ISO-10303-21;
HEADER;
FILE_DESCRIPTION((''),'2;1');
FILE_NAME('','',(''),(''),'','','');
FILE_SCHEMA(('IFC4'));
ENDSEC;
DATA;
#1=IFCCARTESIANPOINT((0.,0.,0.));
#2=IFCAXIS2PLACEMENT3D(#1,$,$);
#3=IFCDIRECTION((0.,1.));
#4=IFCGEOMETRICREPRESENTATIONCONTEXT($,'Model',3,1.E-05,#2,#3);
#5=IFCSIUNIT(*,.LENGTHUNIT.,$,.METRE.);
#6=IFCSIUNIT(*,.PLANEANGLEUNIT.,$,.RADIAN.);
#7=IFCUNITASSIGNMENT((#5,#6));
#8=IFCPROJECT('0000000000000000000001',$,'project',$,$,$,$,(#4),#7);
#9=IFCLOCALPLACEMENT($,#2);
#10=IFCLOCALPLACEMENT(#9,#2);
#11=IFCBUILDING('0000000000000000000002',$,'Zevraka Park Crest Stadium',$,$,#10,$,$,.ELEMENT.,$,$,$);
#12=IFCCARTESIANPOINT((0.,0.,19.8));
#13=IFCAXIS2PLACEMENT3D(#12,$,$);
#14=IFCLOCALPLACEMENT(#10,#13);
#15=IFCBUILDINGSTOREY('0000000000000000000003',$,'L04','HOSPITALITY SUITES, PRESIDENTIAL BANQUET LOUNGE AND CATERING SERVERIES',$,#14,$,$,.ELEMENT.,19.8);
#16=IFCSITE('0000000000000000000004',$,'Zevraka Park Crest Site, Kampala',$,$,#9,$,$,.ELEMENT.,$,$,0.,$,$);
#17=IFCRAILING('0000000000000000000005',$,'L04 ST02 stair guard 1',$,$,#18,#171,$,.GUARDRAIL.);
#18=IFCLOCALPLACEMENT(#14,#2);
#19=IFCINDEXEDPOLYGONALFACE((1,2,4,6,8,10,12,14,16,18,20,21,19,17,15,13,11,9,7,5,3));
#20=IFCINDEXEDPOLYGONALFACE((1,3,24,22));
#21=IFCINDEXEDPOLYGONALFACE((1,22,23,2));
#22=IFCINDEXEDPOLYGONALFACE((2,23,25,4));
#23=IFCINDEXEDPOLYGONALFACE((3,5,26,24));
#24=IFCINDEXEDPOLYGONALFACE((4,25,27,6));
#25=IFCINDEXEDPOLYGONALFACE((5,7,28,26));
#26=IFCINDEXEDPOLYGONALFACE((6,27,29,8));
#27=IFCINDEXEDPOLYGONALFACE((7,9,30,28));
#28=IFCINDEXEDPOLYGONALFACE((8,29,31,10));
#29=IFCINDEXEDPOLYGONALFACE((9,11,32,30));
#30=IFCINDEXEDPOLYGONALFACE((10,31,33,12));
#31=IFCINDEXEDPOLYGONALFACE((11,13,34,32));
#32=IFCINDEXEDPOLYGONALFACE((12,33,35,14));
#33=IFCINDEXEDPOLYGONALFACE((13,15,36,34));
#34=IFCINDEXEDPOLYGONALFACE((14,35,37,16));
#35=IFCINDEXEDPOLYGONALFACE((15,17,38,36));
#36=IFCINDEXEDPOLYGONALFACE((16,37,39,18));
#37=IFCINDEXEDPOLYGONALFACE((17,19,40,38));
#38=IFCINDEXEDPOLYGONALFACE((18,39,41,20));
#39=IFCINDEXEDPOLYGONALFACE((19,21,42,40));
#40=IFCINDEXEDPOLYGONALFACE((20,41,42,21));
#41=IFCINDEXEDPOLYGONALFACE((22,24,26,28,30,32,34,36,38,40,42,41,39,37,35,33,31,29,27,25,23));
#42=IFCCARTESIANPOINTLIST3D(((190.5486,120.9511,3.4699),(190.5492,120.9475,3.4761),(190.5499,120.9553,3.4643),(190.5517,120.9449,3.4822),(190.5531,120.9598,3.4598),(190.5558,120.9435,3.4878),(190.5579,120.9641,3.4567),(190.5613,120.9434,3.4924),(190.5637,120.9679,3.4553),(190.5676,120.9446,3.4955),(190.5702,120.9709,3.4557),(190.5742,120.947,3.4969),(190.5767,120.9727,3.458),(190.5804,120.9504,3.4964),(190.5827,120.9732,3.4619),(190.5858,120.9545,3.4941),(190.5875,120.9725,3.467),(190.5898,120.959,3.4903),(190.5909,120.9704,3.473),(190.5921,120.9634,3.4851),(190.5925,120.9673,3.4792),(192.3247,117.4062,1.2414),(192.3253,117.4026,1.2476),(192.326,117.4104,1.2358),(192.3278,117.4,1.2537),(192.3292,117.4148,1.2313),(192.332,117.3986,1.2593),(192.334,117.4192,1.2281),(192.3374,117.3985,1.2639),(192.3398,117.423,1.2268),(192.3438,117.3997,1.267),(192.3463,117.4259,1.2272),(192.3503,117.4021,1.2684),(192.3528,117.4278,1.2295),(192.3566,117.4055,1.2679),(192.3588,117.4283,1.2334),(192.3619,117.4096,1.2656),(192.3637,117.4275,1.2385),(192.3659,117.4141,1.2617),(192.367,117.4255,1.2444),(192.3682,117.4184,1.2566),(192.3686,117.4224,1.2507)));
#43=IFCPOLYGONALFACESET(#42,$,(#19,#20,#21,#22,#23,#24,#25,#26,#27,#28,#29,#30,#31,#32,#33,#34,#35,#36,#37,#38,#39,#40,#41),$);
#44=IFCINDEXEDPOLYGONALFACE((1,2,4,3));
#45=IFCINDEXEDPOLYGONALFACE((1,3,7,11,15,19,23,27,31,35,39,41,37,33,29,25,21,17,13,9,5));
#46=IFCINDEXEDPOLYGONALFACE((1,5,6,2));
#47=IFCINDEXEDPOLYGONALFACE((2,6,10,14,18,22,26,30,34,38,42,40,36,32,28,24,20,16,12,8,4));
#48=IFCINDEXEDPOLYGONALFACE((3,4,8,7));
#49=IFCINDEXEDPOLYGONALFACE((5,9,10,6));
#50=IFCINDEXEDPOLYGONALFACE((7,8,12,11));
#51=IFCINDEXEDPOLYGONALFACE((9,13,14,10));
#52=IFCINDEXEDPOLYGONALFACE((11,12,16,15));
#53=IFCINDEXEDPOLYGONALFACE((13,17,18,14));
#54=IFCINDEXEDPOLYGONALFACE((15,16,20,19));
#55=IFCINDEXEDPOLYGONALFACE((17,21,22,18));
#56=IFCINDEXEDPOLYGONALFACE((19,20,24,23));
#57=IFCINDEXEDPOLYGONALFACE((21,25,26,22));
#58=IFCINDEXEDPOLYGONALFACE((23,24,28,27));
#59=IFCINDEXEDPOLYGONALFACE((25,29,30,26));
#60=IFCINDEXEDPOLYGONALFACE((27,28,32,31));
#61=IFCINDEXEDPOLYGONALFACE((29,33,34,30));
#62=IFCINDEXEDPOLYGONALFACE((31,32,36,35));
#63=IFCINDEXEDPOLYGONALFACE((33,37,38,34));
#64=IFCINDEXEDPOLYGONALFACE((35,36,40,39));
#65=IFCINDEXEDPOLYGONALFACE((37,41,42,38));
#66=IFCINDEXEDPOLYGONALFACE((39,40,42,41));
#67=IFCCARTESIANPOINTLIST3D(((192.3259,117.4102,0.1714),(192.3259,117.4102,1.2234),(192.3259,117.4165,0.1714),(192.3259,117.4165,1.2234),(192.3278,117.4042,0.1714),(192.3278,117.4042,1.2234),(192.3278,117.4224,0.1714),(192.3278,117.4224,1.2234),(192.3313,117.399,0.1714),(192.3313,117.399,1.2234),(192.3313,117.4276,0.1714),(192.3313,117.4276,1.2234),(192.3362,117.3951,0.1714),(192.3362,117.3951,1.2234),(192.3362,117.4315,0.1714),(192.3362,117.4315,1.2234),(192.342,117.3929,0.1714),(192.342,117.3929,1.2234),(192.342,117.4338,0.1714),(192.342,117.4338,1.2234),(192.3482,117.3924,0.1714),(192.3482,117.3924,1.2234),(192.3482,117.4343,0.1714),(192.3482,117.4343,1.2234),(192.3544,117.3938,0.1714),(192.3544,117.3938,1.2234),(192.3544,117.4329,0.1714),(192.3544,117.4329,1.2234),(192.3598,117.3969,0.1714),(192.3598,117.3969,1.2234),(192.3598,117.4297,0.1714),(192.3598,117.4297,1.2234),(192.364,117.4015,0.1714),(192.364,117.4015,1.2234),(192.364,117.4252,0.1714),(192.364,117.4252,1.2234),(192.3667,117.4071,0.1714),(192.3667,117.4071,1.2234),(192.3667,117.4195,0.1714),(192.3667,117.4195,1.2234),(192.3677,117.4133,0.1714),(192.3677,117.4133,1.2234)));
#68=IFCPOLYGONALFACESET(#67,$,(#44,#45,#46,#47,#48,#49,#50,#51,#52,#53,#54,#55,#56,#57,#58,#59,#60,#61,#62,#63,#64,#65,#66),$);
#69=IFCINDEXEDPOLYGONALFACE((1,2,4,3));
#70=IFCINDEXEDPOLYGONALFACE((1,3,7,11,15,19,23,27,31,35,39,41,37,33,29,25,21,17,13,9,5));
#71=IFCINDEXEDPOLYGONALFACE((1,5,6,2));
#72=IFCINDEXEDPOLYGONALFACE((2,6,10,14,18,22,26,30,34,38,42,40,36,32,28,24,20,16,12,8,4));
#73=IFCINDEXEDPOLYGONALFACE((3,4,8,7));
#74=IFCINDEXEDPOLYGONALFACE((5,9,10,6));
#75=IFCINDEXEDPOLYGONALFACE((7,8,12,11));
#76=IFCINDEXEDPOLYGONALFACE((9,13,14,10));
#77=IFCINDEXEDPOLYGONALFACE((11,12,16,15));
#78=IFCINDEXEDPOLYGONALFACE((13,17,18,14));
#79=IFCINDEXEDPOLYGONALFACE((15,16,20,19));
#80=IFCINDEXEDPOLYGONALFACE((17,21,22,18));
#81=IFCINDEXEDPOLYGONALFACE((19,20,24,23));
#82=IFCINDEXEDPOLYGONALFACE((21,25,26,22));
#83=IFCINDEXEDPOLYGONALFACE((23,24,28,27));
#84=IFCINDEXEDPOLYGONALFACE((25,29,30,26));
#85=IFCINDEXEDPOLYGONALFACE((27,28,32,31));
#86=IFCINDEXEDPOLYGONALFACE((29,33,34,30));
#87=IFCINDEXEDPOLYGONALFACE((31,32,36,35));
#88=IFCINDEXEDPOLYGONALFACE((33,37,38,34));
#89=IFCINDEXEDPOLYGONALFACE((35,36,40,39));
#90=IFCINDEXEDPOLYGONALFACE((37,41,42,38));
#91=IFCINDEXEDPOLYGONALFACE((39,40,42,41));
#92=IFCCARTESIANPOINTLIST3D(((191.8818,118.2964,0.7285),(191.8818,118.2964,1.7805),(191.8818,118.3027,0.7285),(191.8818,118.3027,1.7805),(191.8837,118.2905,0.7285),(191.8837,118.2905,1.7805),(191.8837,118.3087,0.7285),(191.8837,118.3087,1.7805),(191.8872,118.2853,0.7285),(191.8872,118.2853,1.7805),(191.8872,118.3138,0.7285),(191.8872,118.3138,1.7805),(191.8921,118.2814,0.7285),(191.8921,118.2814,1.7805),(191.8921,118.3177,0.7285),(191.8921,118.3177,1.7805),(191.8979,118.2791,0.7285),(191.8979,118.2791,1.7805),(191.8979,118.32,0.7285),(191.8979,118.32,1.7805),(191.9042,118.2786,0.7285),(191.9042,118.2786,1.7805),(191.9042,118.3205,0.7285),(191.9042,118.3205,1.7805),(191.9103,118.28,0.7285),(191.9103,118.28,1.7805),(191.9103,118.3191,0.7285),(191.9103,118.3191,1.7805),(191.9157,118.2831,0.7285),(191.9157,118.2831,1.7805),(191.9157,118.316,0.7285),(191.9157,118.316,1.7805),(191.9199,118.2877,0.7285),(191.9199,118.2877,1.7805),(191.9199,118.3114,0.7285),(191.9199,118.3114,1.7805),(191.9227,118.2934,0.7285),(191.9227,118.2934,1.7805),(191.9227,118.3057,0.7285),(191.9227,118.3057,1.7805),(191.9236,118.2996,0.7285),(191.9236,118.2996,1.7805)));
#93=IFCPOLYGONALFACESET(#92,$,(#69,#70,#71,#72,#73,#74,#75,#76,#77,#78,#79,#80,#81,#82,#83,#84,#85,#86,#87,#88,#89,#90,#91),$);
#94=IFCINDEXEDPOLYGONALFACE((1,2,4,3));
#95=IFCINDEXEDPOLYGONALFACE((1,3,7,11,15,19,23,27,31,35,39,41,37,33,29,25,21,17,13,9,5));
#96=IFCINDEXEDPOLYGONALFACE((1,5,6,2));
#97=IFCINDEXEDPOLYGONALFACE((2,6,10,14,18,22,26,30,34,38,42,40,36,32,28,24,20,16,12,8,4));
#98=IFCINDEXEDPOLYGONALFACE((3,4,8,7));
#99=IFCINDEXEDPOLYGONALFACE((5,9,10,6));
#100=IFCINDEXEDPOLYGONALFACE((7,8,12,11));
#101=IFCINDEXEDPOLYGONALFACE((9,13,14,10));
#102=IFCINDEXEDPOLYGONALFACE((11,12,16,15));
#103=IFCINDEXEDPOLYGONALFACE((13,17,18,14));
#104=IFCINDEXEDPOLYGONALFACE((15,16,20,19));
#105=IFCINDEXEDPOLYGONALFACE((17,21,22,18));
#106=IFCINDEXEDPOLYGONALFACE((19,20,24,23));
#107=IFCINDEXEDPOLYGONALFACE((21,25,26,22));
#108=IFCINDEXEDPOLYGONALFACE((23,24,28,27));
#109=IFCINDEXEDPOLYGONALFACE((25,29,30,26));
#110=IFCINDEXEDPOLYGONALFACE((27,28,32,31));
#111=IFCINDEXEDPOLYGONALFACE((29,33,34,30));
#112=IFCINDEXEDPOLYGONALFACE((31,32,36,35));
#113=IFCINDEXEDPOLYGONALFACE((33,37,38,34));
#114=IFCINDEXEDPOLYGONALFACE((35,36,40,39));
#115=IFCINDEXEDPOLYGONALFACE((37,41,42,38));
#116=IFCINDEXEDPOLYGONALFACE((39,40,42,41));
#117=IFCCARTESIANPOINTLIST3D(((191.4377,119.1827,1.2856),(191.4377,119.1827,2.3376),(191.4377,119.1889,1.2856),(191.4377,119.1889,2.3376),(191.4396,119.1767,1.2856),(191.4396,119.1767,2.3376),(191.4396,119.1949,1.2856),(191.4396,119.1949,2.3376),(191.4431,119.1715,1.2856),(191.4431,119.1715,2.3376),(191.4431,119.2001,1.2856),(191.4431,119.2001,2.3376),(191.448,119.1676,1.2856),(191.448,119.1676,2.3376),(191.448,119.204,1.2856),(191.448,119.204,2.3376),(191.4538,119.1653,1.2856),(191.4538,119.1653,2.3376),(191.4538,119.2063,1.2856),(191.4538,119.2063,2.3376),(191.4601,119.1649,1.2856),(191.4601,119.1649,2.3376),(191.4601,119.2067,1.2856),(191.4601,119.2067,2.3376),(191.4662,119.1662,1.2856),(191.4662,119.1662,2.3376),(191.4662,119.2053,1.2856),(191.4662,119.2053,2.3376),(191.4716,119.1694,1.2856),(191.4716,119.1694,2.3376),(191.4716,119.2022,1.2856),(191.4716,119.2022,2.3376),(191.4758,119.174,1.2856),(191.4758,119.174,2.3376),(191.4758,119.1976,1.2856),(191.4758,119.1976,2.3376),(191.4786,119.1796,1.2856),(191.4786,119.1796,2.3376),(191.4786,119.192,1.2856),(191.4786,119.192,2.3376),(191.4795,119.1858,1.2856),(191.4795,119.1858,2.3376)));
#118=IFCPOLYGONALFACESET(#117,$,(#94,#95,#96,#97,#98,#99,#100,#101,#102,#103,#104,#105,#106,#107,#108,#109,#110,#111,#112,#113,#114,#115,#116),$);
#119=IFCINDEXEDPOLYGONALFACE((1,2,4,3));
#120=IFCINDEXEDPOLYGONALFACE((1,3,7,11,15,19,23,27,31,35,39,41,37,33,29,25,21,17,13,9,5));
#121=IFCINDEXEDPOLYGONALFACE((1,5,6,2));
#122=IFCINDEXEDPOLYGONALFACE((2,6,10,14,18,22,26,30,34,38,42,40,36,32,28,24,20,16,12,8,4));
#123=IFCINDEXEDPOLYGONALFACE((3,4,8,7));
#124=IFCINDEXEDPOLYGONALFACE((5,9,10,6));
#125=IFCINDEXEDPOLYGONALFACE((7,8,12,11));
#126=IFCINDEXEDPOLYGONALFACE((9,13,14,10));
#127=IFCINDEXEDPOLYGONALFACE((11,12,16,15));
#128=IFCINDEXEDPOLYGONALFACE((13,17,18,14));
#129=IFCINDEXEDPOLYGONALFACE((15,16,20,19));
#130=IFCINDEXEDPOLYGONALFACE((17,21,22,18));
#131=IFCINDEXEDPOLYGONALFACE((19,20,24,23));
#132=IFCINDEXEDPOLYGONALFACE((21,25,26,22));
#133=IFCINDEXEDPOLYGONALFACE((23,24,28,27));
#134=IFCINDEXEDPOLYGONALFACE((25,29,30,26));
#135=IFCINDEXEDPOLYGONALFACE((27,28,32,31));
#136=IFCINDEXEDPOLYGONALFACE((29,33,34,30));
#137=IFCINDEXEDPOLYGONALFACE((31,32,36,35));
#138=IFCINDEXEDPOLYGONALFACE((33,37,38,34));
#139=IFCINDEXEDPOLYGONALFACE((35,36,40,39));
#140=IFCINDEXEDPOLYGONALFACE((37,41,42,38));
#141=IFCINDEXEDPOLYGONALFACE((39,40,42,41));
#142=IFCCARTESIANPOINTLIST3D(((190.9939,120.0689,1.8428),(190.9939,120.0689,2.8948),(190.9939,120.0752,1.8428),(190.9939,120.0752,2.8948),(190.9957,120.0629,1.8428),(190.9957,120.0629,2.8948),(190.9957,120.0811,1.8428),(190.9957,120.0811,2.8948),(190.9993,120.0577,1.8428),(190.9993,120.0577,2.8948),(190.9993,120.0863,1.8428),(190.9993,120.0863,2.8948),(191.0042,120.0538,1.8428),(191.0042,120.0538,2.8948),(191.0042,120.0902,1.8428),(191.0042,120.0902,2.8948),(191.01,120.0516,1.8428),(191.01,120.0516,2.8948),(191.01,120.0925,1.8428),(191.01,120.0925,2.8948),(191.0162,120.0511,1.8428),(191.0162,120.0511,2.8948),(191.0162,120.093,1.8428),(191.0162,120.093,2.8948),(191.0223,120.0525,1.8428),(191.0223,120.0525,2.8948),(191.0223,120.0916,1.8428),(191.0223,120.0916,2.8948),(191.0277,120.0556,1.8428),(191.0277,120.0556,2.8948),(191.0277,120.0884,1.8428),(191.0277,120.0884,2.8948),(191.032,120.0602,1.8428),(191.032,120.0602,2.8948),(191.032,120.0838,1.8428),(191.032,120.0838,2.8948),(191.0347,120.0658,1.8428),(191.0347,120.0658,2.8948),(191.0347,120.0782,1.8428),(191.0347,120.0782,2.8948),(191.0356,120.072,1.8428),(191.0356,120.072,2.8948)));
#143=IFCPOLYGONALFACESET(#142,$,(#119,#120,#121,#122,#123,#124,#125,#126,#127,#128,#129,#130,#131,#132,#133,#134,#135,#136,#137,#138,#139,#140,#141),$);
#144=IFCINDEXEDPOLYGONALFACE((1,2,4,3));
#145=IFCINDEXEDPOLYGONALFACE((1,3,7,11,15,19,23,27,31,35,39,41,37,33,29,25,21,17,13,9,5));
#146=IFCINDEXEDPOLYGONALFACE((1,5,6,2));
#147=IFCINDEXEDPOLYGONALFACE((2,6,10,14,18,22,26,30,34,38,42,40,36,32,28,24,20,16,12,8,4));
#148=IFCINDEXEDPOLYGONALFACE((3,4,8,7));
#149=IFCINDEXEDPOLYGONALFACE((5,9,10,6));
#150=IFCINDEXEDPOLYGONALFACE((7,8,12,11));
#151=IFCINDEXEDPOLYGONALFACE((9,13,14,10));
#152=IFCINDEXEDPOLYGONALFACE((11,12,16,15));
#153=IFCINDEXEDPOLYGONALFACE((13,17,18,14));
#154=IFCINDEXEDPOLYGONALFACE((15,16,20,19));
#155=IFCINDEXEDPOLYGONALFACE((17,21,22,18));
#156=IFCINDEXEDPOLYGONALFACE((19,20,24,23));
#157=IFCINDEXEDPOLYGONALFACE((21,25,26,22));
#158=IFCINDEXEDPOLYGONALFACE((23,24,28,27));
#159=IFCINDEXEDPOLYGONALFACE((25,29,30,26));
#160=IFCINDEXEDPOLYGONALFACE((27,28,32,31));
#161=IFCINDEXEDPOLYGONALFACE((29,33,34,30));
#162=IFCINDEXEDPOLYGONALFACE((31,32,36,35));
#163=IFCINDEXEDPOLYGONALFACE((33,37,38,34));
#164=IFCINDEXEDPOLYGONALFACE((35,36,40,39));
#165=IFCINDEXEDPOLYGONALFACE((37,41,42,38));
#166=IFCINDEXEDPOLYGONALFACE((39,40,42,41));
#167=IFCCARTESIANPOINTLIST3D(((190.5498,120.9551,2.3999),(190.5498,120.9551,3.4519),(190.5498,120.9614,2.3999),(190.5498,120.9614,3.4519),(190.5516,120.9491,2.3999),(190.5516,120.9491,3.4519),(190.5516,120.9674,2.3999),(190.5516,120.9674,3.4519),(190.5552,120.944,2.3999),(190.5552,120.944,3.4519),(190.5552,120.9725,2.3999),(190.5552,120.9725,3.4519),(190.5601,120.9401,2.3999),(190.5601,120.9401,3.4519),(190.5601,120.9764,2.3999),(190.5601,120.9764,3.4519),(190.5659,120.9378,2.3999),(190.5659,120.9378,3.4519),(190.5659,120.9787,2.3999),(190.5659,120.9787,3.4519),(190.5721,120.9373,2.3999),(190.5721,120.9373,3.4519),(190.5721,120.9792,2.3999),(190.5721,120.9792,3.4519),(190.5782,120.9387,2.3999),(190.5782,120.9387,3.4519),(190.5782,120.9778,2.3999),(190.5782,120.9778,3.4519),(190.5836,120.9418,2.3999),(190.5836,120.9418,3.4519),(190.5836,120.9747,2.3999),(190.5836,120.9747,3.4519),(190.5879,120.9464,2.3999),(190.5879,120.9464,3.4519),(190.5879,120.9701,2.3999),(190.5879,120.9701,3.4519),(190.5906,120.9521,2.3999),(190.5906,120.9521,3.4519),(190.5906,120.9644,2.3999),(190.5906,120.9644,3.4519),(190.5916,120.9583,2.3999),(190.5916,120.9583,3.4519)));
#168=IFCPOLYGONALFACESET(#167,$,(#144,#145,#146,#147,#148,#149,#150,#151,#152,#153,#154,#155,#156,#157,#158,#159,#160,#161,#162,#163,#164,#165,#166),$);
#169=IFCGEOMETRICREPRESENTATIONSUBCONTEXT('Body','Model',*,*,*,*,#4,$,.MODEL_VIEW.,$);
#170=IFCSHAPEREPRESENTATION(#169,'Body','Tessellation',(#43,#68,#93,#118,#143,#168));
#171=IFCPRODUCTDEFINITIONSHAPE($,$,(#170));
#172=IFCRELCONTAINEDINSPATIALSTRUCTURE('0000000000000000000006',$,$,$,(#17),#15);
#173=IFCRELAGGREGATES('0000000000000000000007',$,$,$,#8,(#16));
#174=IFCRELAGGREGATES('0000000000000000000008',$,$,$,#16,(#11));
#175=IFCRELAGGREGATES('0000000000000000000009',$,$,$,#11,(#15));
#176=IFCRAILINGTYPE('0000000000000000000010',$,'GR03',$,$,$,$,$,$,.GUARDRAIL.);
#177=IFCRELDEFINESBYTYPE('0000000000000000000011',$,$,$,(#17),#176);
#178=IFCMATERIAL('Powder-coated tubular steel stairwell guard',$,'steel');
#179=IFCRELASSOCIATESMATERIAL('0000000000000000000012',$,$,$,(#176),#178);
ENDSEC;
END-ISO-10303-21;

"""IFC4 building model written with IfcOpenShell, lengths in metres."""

from ifc_helpers import new_model, si_unit, direction, frame, origin, origin_2d, place, context, subcontext, project, spatial, circle, extrude, material, type_object, element, save


model = new_model("IFC4")

# Units and contexts
model_context = context("Model", 3, precision=1e-05, world=origin(), true_north=direction((0.0, 1.0)))
body_context = subcontext(model_context, "Body", "Model", "MODEL_VIEW")
ifc_project = project(units=[si_unit("LENGTHUNIT", "METRE"), si_unit("PLANEANGLEUNIT", "RADIAN")], contexts=[model_context])

# Site, building, storey
site_placement = place(None, origin())
site = spatial("IfcSite", under=ifc_project, at=site_placement, Name="Zevraka Park Crest Site, Kampala", CompositionType="ELEMENT", RefElevation=0.0)
building_placement = place(site_placement, origin())
building = spatial("IfcBuilding", under=site, at=building_placement, Name="Zevraka Park Crest Stadium", CompositionType="ELEMENT")
storey_placement = place(building_placement, frame((0.0, 0.0, 19.8)))
storey = spatial("IfcBuildingStorey", under=building, at=storey_placement, Name="L04", Description="HOSPITALITY SUITES, PRESIDENTIAL BANQUET LOUNGE AND CATERING SERVERIES", CompositionType="ELEMENT", Elevation=19.8)

# Railing
ifc_material_1 = material(Name="Powder-coated tubular steel stairwell guard", Category="steel")
railing_type_1 = type_object("IfcRailingType", Name="GR03", PredefinedType="GUARDRAIL", material=ifc_material_1)
railing_1_placement = place(storey_placement, frame((192.3467, 117.4133, 0.1714)))
element("IfcRailing", 1, at=railing_1_placement, inside=storey, type_object=railing_type_1, Name="L04 ST02 stair guard 1", PredefinedType="GUARDRAIL", context=body_context, shape_type="SweptSolid", body=[
    extrude(circle(Radius=0.0239, at=origin_2d()), frame((0.0, 0.0, 1.0762), z_axis=(-0.390499, 0.779389, 0.489963), x_axis=(-0.894057, -0.447952, 0.0)), (0.0, 0.0, 1.0), 4.5483),
    extrude(circle(Radius=0.021, at=origin_2d()), origin(), (0.0, 0.0, 1.0), 1.052),
    extrude(circle(Radius=0.021, at=origin_2d()), frame((-0.4441, 0.8862, 0.5571)), (0.0, 0.0, 1.0), 1.052),
    extrude(circle(Radius=0.021, at=origin_2d()), frame((-0.8882, 1.7725, 1.1143)), (0.0, 0.0, 1.0), 1.052),
    extrude(circle(Radius=0.021, at=origin_2d()), frame((-1.332, 2.6587, 1.6714)), (0.0, 0.0, 1.0), 1.052),
    extrude(circle(Radius=0.021, at=origin_2d()), frame((-1.7761, 3.5449, 2.2285)), (0.0, 0.0, 1.0), 1.052),
])

save(model, "model.ifc")
